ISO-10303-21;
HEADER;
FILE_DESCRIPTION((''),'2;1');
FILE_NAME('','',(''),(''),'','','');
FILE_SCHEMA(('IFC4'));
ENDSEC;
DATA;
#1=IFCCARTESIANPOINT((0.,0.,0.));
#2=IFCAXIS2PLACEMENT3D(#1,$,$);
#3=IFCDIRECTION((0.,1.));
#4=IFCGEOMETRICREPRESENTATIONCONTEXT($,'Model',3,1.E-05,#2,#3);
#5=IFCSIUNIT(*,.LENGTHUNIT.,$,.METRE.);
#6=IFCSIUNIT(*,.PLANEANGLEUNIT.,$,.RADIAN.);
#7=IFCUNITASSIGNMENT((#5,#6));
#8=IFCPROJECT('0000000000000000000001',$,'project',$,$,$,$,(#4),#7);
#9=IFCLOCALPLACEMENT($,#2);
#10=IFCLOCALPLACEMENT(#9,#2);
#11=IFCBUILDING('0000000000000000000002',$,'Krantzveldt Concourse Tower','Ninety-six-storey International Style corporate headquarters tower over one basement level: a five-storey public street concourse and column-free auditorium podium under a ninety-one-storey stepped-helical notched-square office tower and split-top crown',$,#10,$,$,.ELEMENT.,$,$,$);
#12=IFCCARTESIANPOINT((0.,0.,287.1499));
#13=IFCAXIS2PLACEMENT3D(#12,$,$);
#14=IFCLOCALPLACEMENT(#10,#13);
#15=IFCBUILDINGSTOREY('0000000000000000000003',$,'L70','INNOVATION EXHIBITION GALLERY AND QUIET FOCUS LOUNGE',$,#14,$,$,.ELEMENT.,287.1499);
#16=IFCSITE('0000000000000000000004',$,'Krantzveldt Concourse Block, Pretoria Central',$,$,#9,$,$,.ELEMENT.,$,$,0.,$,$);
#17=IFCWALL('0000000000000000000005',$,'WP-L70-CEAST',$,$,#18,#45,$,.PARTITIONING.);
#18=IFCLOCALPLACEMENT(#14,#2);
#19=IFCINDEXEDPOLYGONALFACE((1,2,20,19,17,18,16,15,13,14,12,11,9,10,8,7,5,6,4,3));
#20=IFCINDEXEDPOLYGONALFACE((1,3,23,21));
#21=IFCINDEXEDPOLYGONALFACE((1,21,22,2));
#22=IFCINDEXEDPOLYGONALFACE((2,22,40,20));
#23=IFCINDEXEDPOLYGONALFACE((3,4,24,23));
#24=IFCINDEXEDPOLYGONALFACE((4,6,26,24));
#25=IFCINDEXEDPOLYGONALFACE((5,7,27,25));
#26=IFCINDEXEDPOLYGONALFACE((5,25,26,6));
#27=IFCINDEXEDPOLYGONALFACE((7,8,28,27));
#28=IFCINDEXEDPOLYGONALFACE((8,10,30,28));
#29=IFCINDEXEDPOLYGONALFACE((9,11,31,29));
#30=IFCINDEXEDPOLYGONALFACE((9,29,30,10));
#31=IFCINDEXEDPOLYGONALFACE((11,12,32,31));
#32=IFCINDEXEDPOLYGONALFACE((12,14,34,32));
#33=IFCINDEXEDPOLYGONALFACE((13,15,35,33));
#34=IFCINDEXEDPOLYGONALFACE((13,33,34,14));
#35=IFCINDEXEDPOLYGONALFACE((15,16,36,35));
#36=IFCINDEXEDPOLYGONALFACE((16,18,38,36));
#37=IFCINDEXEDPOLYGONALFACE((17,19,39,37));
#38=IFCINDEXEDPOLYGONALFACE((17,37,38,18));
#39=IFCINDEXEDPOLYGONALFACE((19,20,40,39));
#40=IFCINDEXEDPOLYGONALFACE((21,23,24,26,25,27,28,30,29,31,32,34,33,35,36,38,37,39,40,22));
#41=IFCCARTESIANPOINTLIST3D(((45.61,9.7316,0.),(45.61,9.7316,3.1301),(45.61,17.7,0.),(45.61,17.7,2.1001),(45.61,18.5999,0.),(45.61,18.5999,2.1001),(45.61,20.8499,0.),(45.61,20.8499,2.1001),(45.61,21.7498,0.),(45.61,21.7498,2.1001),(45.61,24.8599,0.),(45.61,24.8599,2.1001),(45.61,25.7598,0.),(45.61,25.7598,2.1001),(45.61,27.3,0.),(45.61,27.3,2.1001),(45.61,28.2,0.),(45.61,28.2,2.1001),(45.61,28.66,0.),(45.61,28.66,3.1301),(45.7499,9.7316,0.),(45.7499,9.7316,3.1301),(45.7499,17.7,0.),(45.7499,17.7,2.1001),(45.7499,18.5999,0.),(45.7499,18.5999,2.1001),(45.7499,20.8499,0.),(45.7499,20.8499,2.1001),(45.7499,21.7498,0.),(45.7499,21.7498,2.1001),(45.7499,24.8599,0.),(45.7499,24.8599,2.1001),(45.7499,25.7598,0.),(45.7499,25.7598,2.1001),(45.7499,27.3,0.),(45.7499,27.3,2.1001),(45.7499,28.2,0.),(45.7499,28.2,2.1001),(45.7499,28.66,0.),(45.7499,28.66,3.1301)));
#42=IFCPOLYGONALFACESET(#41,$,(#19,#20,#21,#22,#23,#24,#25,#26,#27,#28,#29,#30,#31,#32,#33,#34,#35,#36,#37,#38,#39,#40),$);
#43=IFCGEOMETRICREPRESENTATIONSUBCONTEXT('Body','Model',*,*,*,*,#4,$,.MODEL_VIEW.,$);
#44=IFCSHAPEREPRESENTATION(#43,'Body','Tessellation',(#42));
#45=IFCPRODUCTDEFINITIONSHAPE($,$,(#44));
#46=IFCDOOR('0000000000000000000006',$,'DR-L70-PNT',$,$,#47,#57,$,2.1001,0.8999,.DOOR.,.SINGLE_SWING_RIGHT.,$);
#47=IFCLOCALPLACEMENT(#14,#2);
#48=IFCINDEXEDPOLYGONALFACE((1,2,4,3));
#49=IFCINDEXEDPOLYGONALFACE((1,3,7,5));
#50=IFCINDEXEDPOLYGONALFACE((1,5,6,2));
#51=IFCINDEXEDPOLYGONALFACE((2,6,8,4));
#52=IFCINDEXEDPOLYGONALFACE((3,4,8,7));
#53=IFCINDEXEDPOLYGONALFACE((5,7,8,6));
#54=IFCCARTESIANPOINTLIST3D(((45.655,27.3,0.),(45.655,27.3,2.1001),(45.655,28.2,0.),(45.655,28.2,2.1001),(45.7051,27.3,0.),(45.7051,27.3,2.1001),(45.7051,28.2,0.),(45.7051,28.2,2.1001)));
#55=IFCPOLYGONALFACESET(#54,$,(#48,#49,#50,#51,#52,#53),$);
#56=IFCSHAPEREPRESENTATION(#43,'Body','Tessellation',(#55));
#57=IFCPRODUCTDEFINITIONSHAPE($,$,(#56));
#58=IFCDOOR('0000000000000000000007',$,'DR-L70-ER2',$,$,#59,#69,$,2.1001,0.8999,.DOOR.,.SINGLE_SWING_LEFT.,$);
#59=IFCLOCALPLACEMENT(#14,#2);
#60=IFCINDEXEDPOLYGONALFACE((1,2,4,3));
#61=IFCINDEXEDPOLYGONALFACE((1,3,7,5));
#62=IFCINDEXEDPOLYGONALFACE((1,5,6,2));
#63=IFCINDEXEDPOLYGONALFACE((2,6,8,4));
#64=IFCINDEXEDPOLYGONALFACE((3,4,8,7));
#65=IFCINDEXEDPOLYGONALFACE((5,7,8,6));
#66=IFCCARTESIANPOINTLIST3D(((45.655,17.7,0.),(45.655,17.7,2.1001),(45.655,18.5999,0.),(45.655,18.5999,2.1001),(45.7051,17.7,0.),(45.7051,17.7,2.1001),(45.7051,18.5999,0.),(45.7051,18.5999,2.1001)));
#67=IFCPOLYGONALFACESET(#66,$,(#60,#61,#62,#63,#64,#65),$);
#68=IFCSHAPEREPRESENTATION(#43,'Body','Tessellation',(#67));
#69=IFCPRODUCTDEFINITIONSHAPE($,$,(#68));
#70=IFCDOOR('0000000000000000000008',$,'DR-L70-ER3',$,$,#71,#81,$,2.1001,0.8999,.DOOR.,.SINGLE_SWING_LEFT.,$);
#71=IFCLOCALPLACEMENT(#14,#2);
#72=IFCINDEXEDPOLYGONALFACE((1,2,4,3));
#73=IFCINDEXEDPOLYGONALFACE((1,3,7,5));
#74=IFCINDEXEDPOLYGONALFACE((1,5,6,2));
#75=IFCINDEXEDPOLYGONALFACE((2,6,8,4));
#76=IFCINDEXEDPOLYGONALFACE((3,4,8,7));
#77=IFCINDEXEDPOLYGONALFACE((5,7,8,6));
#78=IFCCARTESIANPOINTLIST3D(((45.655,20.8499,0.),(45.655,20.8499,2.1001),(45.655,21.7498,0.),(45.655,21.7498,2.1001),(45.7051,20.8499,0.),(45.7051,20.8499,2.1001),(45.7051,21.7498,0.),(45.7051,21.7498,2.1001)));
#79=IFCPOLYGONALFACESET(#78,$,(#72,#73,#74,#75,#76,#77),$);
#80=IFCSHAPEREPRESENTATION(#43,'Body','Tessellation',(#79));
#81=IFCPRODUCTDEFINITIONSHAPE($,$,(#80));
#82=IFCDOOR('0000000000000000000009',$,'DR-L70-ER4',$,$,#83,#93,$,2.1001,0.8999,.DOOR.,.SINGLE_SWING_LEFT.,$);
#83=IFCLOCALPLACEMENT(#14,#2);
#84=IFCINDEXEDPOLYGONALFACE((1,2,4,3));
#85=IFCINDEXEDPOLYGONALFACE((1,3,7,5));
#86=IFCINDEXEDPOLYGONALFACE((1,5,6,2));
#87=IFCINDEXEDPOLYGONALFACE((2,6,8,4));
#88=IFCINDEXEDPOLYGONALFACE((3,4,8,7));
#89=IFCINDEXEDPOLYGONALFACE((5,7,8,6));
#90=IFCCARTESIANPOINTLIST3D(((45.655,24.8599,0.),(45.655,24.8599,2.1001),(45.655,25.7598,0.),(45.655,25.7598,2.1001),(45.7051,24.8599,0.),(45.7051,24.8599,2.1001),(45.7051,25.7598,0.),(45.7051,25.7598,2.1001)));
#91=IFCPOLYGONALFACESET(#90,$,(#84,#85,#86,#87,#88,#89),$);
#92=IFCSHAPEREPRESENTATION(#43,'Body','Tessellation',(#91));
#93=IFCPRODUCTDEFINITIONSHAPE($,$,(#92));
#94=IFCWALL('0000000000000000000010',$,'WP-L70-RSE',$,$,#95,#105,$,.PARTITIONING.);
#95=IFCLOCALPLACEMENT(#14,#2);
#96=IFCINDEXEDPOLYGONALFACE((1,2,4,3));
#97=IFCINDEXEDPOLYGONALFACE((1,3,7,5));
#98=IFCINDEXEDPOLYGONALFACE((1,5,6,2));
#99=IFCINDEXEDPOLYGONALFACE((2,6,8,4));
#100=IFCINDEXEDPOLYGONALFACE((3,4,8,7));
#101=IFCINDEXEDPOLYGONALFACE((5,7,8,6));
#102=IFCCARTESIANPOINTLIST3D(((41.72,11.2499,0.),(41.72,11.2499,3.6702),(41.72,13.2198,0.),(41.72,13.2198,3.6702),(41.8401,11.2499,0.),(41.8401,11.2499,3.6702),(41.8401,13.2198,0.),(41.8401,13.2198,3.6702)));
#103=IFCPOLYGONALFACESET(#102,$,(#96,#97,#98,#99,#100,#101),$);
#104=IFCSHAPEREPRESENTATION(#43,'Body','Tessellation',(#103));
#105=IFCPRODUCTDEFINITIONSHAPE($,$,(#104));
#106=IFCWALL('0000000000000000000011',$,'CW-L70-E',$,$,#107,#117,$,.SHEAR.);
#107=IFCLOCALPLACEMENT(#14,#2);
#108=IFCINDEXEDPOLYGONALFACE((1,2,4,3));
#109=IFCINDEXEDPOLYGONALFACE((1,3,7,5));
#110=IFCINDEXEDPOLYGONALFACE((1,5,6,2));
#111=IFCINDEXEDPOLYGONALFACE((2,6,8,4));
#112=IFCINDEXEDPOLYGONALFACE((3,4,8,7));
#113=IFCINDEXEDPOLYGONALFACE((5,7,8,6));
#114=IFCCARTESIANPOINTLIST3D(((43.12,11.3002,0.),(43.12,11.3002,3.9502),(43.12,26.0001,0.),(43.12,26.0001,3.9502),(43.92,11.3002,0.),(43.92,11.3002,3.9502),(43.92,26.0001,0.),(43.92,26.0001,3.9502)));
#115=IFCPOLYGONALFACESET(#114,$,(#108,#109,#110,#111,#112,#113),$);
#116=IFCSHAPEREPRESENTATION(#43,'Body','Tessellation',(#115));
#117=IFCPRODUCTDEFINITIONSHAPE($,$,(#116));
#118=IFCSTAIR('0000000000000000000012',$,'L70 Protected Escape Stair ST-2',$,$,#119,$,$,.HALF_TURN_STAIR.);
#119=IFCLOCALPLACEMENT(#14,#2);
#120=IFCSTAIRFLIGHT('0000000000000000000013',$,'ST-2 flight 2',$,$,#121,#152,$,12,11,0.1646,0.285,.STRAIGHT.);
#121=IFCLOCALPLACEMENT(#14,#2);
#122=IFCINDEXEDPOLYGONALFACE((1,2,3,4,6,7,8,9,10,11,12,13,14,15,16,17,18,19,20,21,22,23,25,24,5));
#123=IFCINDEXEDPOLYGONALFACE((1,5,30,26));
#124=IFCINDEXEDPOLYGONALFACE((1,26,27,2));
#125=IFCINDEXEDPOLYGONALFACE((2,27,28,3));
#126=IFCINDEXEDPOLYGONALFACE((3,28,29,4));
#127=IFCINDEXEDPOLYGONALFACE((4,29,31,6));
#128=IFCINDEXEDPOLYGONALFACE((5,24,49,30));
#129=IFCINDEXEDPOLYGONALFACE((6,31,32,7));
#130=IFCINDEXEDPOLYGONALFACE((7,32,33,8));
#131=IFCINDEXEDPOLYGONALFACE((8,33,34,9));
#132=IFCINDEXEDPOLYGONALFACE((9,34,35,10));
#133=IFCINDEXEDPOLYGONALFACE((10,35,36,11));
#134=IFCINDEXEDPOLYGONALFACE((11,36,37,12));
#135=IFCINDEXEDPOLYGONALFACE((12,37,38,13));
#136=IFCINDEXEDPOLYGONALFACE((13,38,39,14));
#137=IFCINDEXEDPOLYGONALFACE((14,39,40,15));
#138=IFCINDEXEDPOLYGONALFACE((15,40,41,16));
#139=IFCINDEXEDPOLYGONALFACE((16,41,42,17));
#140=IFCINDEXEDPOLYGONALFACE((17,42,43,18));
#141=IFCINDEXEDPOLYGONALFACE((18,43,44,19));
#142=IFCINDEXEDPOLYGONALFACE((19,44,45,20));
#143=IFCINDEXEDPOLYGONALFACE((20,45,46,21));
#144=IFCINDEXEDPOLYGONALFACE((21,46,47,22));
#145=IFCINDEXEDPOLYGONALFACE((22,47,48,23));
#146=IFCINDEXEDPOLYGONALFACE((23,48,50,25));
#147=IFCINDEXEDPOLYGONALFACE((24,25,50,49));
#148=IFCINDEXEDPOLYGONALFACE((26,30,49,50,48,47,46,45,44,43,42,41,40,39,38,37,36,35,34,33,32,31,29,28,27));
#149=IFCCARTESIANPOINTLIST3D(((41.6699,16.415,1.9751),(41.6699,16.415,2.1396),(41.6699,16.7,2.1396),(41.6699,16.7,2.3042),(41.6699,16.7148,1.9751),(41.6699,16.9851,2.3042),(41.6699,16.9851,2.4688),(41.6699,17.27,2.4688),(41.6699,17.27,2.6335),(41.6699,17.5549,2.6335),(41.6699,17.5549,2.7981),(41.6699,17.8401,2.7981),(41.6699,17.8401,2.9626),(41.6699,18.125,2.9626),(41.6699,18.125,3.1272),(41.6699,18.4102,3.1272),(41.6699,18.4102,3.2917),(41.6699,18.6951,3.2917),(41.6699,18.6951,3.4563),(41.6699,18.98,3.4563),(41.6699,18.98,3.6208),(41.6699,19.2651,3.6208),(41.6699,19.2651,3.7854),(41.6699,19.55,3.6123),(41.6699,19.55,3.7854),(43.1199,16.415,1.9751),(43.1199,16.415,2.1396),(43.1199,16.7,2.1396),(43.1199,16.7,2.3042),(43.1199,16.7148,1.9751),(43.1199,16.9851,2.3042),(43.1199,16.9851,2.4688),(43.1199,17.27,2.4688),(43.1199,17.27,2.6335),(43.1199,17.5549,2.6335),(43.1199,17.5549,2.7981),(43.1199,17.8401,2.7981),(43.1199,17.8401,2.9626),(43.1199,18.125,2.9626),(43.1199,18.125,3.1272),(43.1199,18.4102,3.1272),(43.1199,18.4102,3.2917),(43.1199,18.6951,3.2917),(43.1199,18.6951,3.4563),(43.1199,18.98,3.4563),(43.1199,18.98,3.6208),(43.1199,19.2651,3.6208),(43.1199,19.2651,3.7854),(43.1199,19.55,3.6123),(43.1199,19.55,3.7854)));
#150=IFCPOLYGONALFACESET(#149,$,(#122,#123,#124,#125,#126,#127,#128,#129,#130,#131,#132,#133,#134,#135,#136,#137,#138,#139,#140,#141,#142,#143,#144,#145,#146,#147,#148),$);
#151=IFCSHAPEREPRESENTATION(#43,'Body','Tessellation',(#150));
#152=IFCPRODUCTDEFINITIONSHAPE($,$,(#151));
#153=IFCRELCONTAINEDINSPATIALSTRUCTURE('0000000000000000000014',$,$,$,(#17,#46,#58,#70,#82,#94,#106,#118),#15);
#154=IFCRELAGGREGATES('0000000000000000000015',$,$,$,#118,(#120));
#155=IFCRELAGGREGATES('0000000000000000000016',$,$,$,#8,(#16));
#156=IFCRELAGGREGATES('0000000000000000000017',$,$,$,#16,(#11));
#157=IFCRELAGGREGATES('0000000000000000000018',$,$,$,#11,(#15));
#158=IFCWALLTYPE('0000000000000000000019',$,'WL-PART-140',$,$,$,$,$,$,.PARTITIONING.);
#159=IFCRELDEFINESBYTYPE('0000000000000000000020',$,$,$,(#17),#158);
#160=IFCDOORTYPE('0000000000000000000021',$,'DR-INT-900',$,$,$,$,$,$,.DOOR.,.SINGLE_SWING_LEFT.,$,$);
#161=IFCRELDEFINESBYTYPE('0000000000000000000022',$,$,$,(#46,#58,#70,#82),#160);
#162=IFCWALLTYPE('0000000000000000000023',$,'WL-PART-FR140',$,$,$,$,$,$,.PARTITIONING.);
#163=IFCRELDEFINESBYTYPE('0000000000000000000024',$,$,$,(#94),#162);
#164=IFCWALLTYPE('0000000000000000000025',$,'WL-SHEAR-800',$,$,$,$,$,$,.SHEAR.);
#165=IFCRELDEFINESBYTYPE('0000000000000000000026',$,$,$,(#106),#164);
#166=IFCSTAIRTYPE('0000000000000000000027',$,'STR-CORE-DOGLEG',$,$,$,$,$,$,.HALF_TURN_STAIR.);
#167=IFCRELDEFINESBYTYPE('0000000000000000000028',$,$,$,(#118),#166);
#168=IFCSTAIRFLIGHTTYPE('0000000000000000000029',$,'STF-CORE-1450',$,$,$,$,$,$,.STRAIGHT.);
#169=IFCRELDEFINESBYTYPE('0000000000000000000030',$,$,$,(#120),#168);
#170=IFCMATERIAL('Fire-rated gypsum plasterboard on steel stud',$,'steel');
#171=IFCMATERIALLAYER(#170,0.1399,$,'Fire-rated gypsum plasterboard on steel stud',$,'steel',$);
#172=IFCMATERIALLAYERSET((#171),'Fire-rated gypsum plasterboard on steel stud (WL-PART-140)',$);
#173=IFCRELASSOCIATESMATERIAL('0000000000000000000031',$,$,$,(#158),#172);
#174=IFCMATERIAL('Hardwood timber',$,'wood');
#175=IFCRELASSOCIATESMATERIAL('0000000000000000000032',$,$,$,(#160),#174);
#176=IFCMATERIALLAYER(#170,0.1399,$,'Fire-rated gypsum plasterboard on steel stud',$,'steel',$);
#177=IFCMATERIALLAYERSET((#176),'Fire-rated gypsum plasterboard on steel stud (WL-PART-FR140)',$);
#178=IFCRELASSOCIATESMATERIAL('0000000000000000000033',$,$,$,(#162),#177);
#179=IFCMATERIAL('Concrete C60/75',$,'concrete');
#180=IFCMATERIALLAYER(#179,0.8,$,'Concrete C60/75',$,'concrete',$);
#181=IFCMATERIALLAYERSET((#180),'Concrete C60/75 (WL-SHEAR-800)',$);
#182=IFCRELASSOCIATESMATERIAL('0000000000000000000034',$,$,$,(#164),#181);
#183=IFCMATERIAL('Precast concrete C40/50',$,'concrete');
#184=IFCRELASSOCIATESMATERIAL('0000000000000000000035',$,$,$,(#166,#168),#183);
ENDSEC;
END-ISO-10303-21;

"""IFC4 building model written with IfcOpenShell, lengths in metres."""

from ifc_helpers import new_model, si_unit, direction, frame, frame_2d, origin, place, context, subcontext, project, spatial, polyline, rectangle, outline, extrude, material, layer, layer_set, type_object, element, fill, aggregate, save


model = new_model("IFC4")

# Units and contexts
model_context = context("Model", 3, precision=1e-05, world=origin(), true_north=direction((0.0, 1.0)))
body_context = subcontext(model_context, "Body", "Model", "MODEL_VIEW")
ifc_project = project(units=[si_unit("LENGTHUNIT", "METRE"), si_unit("PLANEANGLEUNIT", "RADIAN")], contexts=[model_context])

# Site, building, storey
site_placement = place(None, origin())
site = spatial("IfcSite", under=ifc_project, at=site_placement, Name="Krantzveldt Concourse Block, Pretoria Central", CompositionType="ELEMENT", RefElevation=0.0)
building_placement = place(site_placement, origin())
building = spatial("IfcBuilding", under=site, at=building_placement, Name="Krantzveldt Concourse Tower", Description="Ninety-six-storey International Style corporate headquarters tower over one basement level: a five-storey public street concourse and column-free auditorium podium under a ninety-one-storey stepped-helical notched-square office tower and split-top crown", CompositionType="ELEMENT")
storey_placement = place(building_placement, frame((0.0, 0.0, 287.1499)))
storey = spatial("IfcBuildingStorey", under=building, at=storey_placement, Name="L70", Description="INNOVATION EXHIBITION GALLERY AND QUIET FOCUS LOUNGE", CompositionType="ELEMENT", Elevation=287.1499)

# Shared definitions
ifc_material_1 = material(Name="Fire-rated gypsum plasterboard on steel stud", Category="steel")

# Wall, openings, doors
ifc_layer_1 = layer(ifc_material_1, 0.1399, Name="Fire-rated gypsum plasterboard on steel stud", Category="steel")
ifc_layer_set_1 = layer_set([ifc_layer_1], Name="Fire-rated gypsum plasterboard on steel stud (WL-PART-140)")
wall_type_1 = type_object("IfcWallType", Name="WL-PART-140", PredefinedType="PARTITIONING", material=ifc_layer_set_1)
wall_1_placement = place(storey_placement, frame((45.6799, 9.7314, 0.0), z_axis=(0.0, 0.0, 1.0), x_axis=(0.0, 1.0, 0.0)))
wall_1 = element("IfcWall", 1, at=wall_1_placement, inside=storey, type_object=wall_type_1, Name="WP-L70-CEAST", PredefinedType="PARTITIONING", context=body_context, shape_type="SweptSolid", body=[
    extrude(rectangle(XDim=18.9285, YDim=0.1399, at=frame_2d((9.4644, 0.0))), origin(), (0.0, 0.0, 1.0), 3.1301),
])
opening_1_placement = place(wall_1_placement, frame((17.5686, 0.0, 0.0)))
opening_1 = element("IfcOpeningElement", 2, at=opening_1_placement, cuts=wall_1, PredefinedType="OPENING", context=body_context, shape_type="SweptSolid", body=[
    extrude(rectangle(XDim=0.8999, YDim=2.1001, at=frame_2d((0.45, 1.05))), frame((0.0, 0.0801, 0.0), z_axis=(0.0, -1.0, 0.0), x_axis=(1.0, 0.0, 0.0)), (0.0, 0.0, 1.0), 0.1599),
])
opening_2_placement = place(wall_1_placement, frame((7.9685, 0.0, 0.0)))
opening_2 = element("IfcOpeningElement", 3, at=opening_2_placement, cuts=wall_1, PredefinedType="OPENING", context=body_context, shape_type="SweptSolid", body=[
    extrude(rectangle(XDim=0.8999, YDim=2.1001, at=frame_2d((0.45, 1.05))), frame((0.0, 0.0801, 0.0), z_axis=(0.0, -1.0, 0.0), x_axis=(1.0, 0.0, 0.0)), (0.0, 0.0, 1.0), 0.1599),
])
opening_3_placement = place(wall_1_placement, frame((11.1184, 0.0, 0.0)))
opening_3 = element("IfcOpeningElement", 4, at=opening_3_placement, cuts=wall_1, PredefinedType="OPENING", context=body_context, shape_type="SweptSolid", body=[
    extrude(rectangle(XDim=0.8999, YDim=2.1001, at=frame_2d((0.45, 1.05))), frame((0.0, 0.0801, 0.0), z_axis=(0.0, -1.0, 0.0), x_axis=(1.0, 0.0, 0.0)), (0.0, 0.0, 1.0), 0.1599),
])
opening_4_placement = place(wall_1_placement, frame((15.1284, 0.0, 0.0)))
opening_4 = element("IfcOpeningElement", 5, at=opening_4_placement, cuts=wall_1, PredefinedType="OPENING", context=body_context, shape_type="SweptSolid", body=[
    extrude(rectangle(XDim=0.8999, YDim=2.1001, at=frame_2d((0.45, 1.05))), frame((0.0, 0.0801, 0.0), z_axis=(0.0, -1.0, 0.0), x_axis=(1.0, 0.0, 0.0)), (0.0, 0.0, 1.0), 0.1599),
])
ifc_material_2 = material(Name="Hardwood timber", Category="wood")
door_type = type_object("IfcDoorType", Name="DR-INT-900", OperationType="SINGLE_SWING_LEFT", PredefinedType="DOOR", material=ifc_material_2)
door_1_placement = place(opening_1_placement, origin())
door_1 = element("IfcDoor", 6, at=door_1_placement, inside=storey, type_object=door_type, Name="DR-L70-PNT", OperationType="SINGLE_SWING_RIGHT", OverallHeight=2.1001, OverallWidth=0.8999, PredefinedType="DOOR", context=body_context, shape_type="SweptSolid", body=[
    extrude(rectangle(XDim=0.8999, YDim=2.1001, at=frame_2d((0.45, 1.05))), frame((0.0, 0.0249, 0.0), z_axis=(0.0, -1.0, 0.0), x_axis=(1.0, 0.0, 0.0)), (0.0, 0.0, 1.0), 0.05),
])
fill(opening_1, door_1)
door_2_placement = place(opening_2_placement, origin())
door_2 = element("IfcDoor", 7, at=door_2_placement, inside=storey, type_object=door_type, Name="DR-L70-ER2", OperationType="SINGLE_SWING_LEFT", OverallHeight=2.1001, OverallWidth=0.8999, PredefinedType="DOOR", context=body_context, shape_type="SweptSolid", body=[
    extrude(rectangle(XDim=0.8999, YDim=2.1001, at=frame_2d((0.45, 1.05))), frame((0.0, 0.0249, 0.0), z_axis=(0.0, -1.0, 0.0), x_axis=(1.0, 0.0, 0.0)), (0.0, 0.0, 1.0), 0.05),
])
fill(opening_2, door_2)
door_3_placement = place(opening_3_placement, origin())
door_3 = element("IfcDoor", 8, at=door_3_placement, inside=storey, type_object=door_type, Name="DR-L70-ER3", OperationType="SINGLE_SWING_LEFT", OverallHeight=2.1001, OverallWidth=0.8999, PredefinedType="DOOR", context=body_context, shape_type="SweptSolid", body=[
    extrude(rectangle(XDim=0.8999, YDim=2.1001, at=frame_2d((0.45, 1.05))), frame((0.0, 0.0249, 0.0), z_axis=(0.0, -1.0, 0.0), x_axis=(1.0, 0.0, 0.0)), (0.0, 0.0, 1.0), 0.05),
])
fill(opening_3, door_3)
door_4_placement = place(opening_4_placement, origin())
door_4 = element("IfcDoor", 9, at=door_4_placement, inside=storey, type_object=door_type, Name="DR-L70-ER4", OperationType="SINGLE_SWING_LEFT", OverallHeight=2.1001, OverallWidth=0.8999, PredefinedType="DOOR", context=body_context, shape_type="SweptSolid", body=[
    extrude(rectangle(XDim=0.8999, YDim=2.1001, at=frame_2d((0.45, 1.05))), frame((0.0, 0.0249, 0.0), z_axis=(0.0, -1.0, 0.0), x_axis=(1.0, 0.0, 0.0)), (0.0, 0.0, 1.0), 0.05),
])
fill(opening_4, door_4)

# Walls
ifc_layer_2 = layer(ifc_material_1, 0.1399, Name="Fire-rated gypsum plasterboard on steel stud", Category="steel")
ifc_layer_set_2 = layer_set([ifc_layer_2], Name="Fire-rated gypsum plasterboard on steel stud (WL-PART-FR140)")
wall_type_2 = type_object("IfcWallType", Name="WL-PART-FR140", PredefinedType="PARTITIONING", material=ifc_layer_set_2)
wall_2_placement = place(storey_placement, frame((41.78, 11.25, 0.0), z_axis=(0.0, 0.0, 1.0), x_axis=(0.0, 1.0, 0.0)))
element("IfcWall", 10, at=wall_2_placement, inside=storey, type_object=wall_type_2, Name="WP-L70-RSE", PredefinedType="PARTITIONING", context=body_context, shape_type="SweptSolid", body=[
    extrude(rectangle(XDim=1.97, YDim=0.1201, at=frame_2d((0.9849, 0.0))), origin(), (0.0, 0.0, 1.0), 3.6702),
])
ifc_material_3 = material(Name="Concrete C60/75", Category="concrete")
ifc_layer_3 = layer(ifc_material_3, 0.8, Name="Concrete C60/75", Category="concrete")
ifc_layer_set_3 = layer_set([ifc_layer_3], Name="Concrete C60/75 (WL-SHEAR-800)")
wall_type_3 = type_object("IfcWallType", Name="WL-SHEAR-800", PredefinedType="SHEAR", material=ifc_layer_set_3)
wall_3_placement = place(storey_placement, frame((43.52, 11.3, 0.0), z_axis=(0.0, 0.0, 1.0), x_axis=(0.0, 1.0, 0.0)))
element("IfcWall", 11, at=wall_3_placement, inside=storey, type_object=wall_type_3, Name="CW-L70-E", PredefinedType="SHEAR", context=body_context, shape_type="SweptSolid", body=[
    extrude(rectangle(XDim=14.7, YDim=0.8, at=frame_2d((7.3501, 0.0))), origin(), (0.0, 0.0, 1.0), 3.9502),
])

# Stair, stair flight
ifc_material_4 = material(Name="Precast concrete C40/50", Category="concrete")
stair_type = type_object("IfcStairType", Name="STR-CORE-DOGLEG", PredefinedType="HALF_TURN_STAIR", material=ifc_material_4)
stair_placement = place(storey_placement, origin())
stair = element("IfcStair", 12, at=stair_placement, inside=storey, type_object=stair_type, Name="L70 Protected Escape Stair ST-2", PredefinedType="HALF_TURN_STAIR")
stair_flight_type = type_object("IfcStairFlightType", Name="STF-CORE-1450", PredefinedType="STRAIGHT", material=ifc_material_4)
stair_flight_placement = place(storey_placement, frame((42.395, 16.415, 1.9751), z_axis=(0.0, 0.0, 1.0), x_axis=(0.0, 1.0, 0.0)))
stair_flight = element("IfcStairFlight", 13, at=stair_flight_placement, type_object=stair_flight_type, Name="ST-2 flight 2", NumberOfRisers=12, NumberOfTreads=11, PredefinedType="STRAIGHT", RiserHeight=0.1646, TreadLength=0.285, context=body_context, shape_type="SweptSolid", body=[
    extrude(outline(polyline([(0.0, 0.0), (0.0, 0.1646), (0.2849, 0.1646), (0.2849, 0.3291), (0.5701, 0.3291), (0.5701, 0.4937), (0.855, 0.4937), (0.855, 0.6584), (1.1399, 0.6584), (1.1399, 0.823), (1.425, 0.823), (1.425, 0.9875), (1.71, 0.9875), (1.71, 1.1521), (1.9951, 1.1521), (1.9951, 1.3167), (2.28, 1.3167), (2.28, 1.4812), (2.5649, 1.4812), (2.5649, 1.6458), (2.8501, 1.6458), (2.8501, 1.8103), (3.135, 1.8103), (3.135, 1.9751), (3.135, 1.6372), (0.2998, 0.0), (0.0, 0.0)])), frame((0.0, 0.7251, 0.0), z_axis=(0.0, -1.0, 0.0), x_axis=(1.0, 0.0, 0.0)), (0.0, 0.0, 1.0), 1.45),
])
aggregate(stair, [stair_flight])

save(model, "model.ifc")
